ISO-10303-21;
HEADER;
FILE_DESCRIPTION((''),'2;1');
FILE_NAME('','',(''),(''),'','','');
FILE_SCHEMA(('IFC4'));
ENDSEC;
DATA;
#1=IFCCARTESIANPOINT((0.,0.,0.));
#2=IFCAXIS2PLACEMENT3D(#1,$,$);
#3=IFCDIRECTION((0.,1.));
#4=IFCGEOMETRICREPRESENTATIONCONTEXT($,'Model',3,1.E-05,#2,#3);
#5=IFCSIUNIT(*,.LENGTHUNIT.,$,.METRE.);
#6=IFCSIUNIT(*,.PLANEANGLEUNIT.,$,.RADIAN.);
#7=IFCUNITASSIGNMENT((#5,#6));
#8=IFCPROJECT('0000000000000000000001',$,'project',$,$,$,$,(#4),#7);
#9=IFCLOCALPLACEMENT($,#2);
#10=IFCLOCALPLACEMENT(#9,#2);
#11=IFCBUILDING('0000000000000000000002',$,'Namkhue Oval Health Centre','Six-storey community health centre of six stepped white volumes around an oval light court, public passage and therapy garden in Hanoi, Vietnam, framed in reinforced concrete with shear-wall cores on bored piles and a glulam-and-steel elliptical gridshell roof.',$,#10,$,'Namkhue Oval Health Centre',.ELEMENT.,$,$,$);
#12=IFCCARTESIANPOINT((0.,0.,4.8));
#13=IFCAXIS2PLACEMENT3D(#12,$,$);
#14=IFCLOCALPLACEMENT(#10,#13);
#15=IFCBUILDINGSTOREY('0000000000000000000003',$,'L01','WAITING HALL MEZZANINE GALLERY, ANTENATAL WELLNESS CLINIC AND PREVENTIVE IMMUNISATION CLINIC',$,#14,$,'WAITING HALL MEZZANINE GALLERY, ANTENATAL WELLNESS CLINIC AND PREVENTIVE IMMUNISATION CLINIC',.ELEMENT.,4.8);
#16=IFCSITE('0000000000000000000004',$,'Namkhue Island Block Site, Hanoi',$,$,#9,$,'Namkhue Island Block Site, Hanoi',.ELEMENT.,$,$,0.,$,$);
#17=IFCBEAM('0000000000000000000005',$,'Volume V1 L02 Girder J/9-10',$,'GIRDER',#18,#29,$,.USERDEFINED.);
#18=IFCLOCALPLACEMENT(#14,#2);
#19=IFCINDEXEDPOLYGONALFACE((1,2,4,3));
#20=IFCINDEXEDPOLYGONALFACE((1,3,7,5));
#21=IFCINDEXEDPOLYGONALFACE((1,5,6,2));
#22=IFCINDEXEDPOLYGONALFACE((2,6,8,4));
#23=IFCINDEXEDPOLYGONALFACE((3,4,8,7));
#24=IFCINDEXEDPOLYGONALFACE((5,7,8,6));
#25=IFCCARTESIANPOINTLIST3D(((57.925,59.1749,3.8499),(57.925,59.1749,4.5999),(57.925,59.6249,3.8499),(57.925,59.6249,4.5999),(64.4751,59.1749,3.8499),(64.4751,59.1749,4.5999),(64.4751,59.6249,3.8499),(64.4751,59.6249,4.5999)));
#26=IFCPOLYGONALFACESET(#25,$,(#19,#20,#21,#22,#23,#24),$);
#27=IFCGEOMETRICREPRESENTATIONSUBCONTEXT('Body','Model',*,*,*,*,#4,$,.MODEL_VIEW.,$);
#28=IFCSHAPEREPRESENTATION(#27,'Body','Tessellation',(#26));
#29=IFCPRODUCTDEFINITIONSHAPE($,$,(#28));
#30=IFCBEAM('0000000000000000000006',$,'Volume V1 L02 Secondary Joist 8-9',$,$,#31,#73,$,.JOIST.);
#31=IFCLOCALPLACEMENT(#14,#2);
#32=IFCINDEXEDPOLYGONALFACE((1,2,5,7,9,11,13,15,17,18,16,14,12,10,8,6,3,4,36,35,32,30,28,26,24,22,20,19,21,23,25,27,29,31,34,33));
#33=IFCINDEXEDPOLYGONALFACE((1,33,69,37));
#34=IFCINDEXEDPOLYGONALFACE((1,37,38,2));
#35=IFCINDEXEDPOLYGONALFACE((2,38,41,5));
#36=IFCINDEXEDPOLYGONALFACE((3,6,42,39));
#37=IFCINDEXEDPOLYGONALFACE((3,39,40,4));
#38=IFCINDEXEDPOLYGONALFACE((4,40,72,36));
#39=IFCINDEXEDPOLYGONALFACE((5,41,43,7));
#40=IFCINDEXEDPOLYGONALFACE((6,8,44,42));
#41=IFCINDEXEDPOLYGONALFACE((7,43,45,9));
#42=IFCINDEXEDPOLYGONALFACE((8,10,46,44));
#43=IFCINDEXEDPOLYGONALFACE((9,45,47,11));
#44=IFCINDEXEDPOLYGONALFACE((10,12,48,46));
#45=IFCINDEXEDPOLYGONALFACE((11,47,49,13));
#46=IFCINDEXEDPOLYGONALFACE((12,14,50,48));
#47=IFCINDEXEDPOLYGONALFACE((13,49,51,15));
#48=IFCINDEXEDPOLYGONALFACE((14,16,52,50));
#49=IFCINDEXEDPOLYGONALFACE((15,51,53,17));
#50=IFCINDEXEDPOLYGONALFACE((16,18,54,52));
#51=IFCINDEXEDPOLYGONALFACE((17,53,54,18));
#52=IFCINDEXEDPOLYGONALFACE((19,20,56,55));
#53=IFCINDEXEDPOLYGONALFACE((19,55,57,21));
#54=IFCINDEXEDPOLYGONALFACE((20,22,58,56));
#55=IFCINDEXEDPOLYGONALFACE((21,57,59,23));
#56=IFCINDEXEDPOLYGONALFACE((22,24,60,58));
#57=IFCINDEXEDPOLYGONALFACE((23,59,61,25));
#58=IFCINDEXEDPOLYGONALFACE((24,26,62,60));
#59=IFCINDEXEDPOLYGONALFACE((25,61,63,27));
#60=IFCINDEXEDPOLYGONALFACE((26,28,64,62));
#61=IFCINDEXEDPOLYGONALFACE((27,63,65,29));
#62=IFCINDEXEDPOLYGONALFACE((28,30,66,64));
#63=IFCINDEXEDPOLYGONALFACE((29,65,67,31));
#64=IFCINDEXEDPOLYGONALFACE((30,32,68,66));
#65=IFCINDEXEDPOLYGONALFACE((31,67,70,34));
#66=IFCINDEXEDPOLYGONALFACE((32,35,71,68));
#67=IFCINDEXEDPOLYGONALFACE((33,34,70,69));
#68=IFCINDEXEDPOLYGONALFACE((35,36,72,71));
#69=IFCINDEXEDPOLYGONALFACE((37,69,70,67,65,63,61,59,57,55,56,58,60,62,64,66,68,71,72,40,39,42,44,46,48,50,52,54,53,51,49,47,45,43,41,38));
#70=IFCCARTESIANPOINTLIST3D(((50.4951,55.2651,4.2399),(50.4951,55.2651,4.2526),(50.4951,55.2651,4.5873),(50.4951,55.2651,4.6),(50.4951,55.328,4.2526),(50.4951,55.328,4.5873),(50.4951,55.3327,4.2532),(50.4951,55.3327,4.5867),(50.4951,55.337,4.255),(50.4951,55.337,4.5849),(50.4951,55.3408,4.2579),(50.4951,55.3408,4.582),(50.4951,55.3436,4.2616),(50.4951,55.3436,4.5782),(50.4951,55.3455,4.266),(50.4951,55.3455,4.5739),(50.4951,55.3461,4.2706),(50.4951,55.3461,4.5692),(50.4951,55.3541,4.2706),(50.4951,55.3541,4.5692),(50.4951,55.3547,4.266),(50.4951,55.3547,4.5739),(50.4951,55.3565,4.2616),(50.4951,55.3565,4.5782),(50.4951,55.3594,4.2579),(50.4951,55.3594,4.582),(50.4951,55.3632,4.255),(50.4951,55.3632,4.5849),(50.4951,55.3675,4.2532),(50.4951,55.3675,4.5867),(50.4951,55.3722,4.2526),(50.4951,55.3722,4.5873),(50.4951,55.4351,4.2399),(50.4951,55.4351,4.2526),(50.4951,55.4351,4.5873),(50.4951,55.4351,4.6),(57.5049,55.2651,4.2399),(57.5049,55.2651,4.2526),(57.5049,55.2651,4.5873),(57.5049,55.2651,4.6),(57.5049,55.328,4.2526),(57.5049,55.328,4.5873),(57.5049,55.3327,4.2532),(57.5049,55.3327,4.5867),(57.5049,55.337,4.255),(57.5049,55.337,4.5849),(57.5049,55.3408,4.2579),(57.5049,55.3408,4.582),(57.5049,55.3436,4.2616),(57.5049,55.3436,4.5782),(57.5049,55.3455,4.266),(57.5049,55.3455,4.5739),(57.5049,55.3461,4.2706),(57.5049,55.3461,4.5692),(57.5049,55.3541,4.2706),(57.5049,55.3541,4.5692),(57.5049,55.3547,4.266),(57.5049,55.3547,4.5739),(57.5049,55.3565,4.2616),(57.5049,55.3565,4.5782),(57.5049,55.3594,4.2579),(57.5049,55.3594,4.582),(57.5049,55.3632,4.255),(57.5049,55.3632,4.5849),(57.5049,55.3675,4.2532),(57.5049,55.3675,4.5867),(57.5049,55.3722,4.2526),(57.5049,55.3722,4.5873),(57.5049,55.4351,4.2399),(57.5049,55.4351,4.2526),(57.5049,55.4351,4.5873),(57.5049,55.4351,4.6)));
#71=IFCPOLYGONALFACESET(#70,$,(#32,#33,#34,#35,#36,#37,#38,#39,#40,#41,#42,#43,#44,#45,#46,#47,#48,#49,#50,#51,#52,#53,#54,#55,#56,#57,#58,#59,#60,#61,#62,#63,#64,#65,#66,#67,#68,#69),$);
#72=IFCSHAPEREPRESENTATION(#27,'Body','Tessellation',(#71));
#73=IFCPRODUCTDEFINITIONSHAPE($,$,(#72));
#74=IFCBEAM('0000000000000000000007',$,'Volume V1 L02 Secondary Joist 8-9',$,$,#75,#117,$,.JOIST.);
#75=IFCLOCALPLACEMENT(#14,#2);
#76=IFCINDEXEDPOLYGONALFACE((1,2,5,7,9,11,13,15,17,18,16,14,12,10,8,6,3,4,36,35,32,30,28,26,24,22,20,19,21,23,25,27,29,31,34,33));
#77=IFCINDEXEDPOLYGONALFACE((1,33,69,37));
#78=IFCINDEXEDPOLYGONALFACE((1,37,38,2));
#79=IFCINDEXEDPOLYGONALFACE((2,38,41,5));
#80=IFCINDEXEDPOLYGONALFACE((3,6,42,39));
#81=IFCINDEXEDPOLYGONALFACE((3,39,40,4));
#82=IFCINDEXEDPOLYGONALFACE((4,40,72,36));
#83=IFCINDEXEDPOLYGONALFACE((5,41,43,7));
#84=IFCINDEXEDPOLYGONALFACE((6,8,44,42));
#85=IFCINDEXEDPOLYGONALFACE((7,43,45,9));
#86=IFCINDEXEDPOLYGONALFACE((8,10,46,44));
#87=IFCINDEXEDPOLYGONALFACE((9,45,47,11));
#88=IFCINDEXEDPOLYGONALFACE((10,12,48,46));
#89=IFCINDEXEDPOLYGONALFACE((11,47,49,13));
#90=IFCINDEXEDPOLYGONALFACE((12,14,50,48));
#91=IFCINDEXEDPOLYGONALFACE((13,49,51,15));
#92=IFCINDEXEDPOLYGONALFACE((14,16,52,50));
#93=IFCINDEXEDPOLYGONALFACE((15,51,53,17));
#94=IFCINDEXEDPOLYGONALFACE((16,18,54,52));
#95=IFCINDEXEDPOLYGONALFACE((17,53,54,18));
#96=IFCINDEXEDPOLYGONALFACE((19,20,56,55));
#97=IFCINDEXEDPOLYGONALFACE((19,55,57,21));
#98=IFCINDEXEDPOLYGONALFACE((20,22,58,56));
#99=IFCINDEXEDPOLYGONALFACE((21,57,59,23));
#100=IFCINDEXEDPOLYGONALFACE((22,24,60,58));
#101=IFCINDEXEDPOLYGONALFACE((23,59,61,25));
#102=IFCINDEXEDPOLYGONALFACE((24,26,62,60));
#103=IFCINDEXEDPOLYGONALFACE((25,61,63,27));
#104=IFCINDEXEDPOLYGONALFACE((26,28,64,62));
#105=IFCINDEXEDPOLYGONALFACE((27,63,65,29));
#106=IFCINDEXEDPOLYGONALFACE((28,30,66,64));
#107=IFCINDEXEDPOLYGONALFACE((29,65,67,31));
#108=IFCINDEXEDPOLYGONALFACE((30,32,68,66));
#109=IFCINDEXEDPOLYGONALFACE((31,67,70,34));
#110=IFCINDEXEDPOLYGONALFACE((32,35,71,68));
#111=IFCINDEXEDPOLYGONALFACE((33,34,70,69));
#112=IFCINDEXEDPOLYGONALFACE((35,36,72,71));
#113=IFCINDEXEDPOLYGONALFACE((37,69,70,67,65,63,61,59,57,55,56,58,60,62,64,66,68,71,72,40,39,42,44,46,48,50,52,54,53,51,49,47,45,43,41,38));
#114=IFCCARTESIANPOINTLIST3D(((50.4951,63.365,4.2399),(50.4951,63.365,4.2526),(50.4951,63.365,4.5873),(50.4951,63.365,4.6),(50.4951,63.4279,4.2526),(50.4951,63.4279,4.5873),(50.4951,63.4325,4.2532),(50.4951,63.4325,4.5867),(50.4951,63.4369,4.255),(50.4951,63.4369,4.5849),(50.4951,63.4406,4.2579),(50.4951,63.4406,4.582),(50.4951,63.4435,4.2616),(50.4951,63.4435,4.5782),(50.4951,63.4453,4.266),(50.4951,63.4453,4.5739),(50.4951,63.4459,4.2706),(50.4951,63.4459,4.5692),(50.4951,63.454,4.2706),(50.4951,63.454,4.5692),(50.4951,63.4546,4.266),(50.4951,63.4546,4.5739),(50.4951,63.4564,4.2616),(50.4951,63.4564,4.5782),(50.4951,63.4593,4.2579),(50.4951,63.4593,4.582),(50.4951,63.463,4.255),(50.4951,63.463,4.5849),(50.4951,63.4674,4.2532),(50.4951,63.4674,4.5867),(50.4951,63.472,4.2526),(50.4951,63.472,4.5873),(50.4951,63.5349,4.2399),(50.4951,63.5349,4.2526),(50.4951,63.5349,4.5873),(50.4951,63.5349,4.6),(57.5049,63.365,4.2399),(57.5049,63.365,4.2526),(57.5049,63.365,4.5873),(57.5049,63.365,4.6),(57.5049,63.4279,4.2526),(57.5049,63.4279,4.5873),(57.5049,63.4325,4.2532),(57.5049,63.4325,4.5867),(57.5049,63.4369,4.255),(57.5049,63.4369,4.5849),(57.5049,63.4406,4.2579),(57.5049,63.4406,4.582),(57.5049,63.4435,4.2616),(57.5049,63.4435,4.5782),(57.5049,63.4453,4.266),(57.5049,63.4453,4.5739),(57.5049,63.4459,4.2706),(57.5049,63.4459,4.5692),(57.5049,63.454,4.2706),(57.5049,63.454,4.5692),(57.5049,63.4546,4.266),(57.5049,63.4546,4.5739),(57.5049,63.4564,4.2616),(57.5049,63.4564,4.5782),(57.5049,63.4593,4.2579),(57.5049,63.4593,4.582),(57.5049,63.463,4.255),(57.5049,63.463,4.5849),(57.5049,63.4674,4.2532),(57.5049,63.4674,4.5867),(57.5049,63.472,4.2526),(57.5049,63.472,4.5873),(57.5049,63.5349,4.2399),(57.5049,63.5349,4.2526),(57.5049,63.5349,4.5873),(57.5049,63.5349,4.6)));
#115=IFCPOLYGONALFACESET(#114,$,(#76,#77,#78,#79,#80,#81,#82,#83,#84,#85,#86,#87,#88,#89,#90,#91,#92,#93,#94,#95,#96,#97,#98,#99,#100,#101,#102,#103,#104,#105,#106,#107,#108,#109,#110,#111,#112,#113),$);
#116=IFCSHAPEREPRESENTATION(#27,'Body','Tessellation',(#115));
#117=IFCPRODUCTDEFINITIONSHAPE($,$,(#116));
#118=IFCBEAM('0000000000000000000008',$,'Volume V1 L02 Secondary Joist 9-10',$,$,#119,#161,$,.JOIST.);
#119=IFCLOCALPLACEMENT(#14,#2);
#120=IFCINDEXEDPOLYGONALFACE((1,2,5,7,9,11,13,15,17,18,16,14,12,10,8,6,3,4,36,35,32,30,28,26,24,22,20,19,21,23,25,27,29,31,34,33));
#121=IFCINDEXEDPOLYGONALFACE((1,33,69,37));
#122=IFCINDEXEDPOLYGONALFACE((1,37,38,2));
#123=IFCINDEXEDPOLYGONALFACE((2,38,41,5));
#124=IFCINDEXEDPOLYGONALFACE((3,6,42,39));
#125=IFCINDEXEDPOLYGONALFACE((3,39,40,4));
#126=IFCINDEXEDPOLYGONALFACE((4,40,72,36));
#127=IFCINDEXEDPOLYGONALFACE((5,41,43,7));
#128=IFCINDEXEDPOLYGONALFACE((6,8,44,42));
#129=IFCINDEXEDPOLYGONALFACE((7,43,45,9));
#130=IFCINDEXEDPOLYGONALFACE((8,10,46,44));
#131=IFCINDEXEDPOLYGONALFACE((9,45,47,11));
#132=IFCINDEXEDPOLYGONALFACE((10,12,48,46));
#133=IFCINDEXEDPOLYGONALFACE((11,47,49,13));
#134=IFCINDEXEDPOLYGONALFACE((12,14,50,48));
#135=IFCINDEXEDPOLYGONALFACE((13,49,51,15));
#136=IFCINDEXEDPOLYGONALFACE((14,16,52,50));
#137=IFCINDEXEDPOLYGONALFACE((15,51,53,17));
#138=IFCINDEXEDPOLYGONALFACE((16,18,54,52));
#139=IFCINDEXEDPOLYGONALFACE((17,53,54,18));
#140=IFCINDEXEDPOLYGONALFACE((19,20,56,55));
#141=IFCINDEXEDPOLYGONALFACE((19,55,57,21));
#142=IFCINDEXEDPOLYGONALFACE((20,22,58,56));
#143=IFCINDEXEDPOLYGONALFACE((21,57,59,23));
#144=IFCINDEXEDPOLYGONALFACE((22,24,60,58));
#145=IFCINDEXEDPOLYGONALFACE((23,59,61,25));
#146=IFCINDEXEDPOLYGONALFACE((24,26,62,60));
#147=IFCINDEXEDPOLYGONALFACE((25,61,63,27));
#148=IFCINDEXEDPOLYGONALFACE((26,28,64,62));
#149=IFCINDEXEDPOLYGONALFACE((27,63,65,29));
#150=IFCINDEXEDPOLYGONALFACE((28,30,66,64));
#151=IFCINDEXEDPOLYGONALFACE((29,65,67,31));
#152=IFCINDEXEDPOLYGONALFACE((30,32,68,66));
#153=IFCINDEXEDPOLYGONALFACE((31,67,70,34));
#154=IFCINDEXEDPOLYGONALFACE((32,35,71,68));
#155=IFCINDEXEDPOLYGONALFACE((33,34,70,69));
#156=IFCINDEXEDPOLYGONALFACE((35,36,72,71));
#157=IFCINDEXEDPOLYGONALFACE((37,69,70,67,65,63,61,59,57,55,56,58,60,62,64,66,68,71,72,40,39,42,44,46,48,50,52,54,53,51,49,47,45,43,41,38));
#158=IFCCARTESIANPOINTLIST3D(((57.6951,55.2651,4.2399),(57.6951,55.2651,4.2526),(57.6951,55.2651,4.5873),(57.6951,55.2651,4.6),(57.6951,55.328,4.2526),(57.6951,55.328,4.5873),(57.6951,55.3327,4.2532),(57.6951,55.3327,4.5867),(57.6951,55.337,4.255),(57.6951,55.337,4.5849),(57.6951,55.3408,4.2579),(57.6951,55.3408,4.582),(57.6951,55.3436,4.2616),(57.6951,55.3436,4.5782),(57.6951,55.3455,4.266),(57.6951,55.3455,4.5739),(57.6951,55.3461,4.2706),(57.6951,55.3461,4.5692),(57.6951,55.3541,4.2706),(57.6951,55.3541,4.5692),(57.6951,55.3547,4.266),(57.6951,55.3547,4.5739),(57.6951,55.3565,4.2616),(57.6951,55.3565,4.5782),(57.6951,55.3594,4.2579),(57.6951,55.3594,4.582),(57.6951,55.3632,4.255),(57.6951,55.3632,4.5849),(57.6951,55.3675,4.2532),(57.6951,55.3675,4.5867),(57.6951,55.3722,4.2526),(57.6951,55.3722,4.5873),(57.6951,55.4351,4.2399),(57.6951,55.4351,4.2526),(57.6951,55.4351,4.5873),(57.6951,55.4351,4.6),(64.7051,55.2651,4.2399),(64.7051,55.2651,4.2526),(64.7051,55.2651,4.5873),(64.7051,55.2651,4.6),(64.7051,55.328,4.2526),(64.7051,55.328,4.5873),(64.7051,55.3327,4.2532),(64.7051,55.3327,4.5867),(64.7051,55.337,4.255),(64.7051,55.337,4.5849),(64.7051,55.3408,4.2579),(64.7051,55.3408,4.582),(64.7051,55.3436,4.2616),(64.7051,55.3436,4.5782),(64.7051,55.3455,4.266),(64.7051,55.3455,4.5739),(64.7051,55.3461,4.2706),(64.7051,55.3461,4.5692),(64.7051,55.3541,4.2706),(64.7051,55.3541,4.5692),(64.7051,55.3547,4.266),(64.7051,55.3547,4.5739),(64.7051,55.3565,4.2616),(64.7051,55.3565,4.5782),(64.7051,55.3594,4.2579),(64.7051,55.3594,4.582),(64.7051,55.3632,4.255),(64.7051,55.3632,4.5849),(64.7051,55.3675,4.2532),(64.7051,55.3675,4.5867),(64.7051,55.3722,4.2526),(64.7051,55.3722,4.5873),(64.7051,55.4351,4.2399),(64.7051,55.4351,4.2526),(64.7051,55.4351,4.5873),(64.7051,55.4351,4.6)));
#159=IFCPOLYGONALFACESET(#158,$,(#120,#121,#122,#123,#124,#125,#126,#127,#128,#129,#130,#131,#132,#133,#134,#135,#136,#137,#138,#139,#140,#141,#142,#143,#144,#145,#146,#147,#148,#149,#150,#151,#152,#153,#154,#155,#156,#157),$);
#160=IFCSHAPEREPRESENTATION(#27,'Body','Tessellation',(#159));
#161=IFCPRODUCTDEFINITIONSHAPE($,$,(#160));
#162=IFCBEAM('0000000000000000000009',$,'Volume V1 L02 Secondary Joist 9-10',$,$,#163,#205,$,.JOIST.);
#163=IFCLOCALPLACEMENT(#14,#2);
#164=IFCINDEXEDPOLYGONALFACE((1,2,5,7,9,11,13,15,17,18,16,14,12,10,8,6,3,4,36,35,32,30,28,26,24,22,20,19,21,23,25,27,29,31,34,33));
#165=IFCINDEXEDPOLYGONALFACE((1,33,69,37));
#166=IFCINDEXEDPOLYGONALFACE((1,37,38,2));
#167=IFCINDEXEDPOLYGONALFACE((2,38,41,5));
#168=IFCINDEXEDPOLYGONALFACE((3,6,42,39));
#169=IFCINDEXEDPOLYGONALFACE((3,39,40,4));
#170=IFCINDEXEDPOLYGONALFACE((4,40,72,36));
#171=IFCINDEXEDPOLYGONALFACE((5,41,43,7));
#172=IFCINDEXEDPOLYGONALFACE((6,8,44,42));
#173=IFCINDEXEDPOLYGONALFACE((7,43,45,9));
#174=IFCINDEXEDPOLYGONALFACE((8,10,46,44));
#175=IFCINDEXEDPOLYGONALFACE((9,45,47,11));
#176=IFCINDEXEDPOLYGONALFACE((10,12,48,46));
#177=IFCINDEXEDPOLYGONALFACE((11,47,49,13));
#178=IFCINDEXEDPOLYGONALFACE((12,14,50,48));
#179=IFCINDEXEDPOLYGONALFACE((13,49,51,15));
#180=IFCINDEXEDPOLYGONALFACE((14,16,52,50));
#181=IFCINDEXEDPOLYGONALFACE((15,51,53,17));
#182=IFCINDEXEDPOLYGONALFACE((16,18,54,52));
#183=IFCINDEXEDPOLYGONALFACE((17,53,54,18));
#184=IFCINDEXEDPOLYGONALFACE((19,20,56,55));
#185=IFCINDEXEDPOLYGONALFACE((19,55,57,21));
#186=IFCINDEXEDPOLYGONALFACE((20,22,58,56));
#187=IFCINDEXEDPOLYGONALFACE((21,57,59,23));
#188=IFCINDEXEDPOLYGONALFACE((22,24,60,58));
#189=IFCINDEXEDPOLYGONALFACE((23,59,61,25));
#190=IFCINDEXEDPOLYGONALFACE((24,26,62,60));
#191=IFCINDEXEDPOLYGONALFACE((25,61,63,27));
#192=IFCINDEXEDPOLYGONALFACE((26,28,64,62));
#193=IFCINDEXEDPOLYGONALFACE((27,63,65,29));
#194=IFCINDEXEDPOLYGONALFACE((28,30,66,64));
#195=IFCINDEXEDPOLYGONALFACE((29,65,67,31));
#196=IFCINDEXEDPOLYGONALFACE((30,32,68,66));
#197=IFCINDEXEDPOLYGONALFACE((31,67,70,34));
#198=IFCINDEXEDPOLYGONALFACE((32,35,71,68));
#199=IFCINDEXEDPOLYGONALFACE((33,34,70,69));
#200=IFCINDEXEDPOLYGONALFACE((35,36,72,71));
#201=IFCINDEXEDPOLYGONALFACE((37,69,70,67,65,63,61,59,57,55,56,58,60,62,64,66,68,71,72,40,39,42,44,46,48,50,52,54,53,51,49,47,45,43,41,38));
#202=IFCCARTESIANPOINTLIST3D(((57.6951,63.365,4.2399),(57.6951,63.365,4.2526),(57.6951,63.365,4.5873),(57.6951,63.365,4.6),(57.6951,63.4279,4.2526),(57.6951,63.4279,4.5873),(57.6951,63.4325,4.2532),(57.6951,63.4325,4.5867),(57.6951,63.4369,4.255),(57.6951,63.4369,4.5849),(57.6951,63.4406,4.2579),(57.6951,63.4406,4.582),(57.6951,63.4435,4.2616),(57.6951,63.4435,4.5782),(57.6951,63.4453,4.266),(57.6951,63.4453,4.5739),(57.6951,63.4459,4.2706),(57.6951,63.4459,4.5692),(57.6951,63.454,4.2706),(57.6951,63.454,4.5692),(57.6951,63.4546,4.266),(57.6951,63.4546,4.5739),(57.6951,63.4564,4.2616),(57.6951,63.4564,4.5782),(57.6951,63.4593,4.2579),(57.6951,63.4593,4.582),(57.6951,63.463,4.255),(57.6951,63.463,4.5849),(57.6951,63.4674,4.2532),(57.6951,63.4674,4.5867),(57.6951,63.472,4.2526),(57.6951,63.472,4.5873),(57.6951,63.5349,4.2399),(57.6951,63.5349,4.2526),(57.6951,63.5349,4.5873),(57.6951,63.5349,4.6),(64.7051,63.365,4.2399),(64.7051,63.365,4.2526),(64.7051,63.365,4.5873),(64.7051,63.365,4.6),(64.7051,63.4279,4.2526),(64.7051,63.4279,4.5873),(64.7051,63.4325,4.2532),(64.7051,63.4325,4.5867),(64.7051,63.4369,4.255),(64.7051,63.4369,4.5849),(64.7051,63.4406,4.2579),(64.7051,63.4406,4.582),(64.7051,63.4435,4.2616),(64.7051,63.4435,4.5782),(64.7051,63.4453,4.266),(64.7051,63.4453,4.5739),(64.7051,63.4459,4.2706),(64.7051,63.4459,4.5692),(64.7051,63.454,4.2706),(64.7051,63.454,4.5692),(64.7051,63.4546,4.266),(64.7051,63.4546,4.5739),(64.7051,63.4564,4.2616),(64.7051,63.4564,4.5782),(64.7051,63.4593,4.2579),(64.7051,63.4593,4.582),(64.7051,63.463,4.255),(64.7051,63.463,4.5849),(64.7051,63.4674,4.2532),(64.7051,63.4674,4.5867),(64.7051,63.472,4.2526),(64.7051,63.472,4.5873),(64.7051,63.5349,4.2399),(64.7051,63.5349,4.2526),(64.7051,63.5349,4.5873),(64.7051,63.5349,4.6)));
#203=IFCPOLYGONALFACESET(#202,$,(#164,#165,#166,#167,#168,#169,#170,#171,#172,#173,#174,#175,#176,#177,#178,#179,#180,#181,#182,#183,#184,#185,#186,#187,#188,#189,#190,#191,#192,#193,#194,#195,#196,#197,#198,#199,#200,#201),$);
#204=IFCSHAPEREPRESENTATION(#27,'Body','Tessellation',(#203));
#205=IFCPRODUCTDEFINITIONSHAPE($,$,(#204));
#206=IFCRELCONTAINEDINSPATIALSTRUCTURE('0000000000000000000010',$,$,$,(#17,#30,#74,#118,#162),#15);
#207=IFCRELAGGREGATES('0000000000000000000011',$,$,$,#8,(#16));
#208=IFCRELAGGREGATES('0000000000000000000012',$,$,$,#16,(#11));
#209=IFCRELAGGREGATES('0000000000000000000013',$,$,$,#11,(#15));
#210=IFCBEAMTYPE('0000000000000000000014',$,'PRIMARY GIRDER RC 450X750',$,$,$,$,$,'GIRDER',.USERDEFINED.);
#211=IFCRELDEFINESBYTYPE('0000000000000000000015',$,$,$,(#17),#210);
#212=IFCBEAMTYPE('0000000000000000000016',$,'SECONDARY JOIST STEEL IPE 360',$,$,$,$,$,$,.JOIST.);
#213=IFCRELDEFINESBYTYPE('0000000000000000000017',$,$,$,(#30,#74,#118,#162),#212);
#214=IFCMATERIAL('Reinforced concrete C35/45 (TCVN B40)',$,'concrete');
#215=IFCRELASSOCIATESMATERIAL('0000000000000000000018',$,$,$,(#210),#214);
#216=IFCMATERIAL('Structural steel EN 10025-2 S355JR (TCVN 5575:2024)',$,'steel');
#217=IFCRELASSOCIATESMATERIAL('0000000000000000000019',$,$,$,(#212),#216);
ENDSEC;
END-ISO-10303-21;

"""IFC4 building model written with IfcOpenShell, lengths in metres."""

from ifc_helpers import new_model, si_unit, direction, frame, origin, origin_2d, place, context, subcontext, project, spatial, rectangle, i_section, extrude, material, material_profile, profile_set, type_object, element, save


model = new_model("IFC4")

# Units and contexts
model_context = context("Model", 3, precision=1e-05, world=origin(), true_north=direction((0.0, 1.0)))
body_context = subcontext(model_context, "Body", "Model", "MODEL_VIEW")
ifc_project = project(units=[si_unit("LENGTHUNIT", "METRE"), si_unit("PLANEANGLEUNIT", "RADIAN")], contexts=[model_context])

# Site, building, storey
site_placement = place(None, origin())
site = spatial("IfcSite", under=ifc_project, at=site_placement, Name="Namkhue Island Block Site, Hanoi", LongName="Namkhue Island Block Site, Hanoi", CompositionType="ELEMENT", RefElevation=0.0)
building_placement = place(site_placement, origin())
building = spatial("IfcBuilding", under=site, at=building_placement, Name="Namkhue Oval Health Centre", Description="Six-storey community health centre of six stepped white volumes around an oval light court, public passage and therapy garden in Hanoi, Vietnam, framed in reinforced concrete with shear-wall cores on bored piles and a glulam-and-steel elliptical gridshell roof.", LongName="Namkhue Oval Health Centre", CompositionType="ELEMENT")
storey_placement = place(building_placement, frame((0.0, 0.0, 4.8)))
storey = spatial("IfcBuildingStorey", under=building, at=storey_placement, Name="L01", Description="WAITING HALL MEZZANINE GALLERY, ANTENATAL WELLNESS CLINIC AND PREVENTIVE IMMUNISATION CLINIC", LongName="WAITING HALL MEZZANINE GALLERY, ANTENATAL WELLNESS CLINIC AND PREVENTIVE IMMUNISATION CLINIC", CompositionType="ELEMENT", Elevation=4.8)

# Shared definitions
ifc_material_1 = material(Name="Reinforced concrete C35/45 (TCVN B40)", Category="concrete")

# Beams
ifc_material_2 = material(Name="Structural steel EN 10025-2 S355JR (TCVN 5575:2024)", Category="steel")
ifc_material_profile_1 = material_profile(ifc_material_1, rectangle(XDim=0.45, YDim=0.75, at=origin_2d()), Name="RC 450x750")
ifc_profile_set_1 = profile_set([ifc_material_profile_1], Name="Reinforced concrete C35/45 (TCVN B40)")
beam_type_1 = type_object("IfcBeamType", Name="PRIMARY GIRDER RC 450X750", ElementType="GIRDER", PredefinedType="USERDEFINED", material=ifc_profile_set_1)
beam_1_placement = place(storey_placement, frame((57.925, 59.3999, 4.2249), z_axis=(1.0, 0.0, 0.0), x_axis=(0.0, 1.0, 0.0)))
element("IfcBeam", 1, at=beam_1_placement, inside=storey, type_object=beam_type_1, Name="Volume V1 L02 Girder J/9-10", ObjectType="GIRDER", PredefinedType="USERDEFINED", context=body_context, shape_type="SweptSolid", body=[
    extrude(rectangle(XDim=0.45, YDim=0.75, at=origin_2d()), origin(), (0.0, 0.0, 1.0), 6.55),
])
ifc_material_profile_2 = material_profile(ifc_material_2, i_section(OverallWidth=0.1699, OverallDepth=0.3601, WebThickness=0.0081, FlangeThickness=0.0127, FilletRadius=0.0181, at=origin_2d()), Name="IPE 360")
ifc_profile_set_2 = profile_set([ifc_material_profile_2], Name="Structural steel EN 10025-2 S355JR (TCVN 5575:2024)")
beam_type_2 = type_object("IfcBeamType", Name="SECONDARY JOIST STEEL IPE 360", PredefinedType="JOIST", material=ifc_profile_set_2)
for number, where, z_axis, x_axis, name in (
    (2, (50.4951, 55.3501, 4.4199), (1.0, 0.0, 0.0), (0.0, 1.0, 0.0), "Volume V1 L02 Secondary Joist 8-9"),
    (3, (50.4951, 63.45, 4.4199), (1.0, 0.0, 0.0), (0.0, 1.0, 0.0), "Volume V1 L02 Secondary Joist 8-9"),
):
    element("IfcBeam", number, at=place(storey_placement, frame(where, z_axis=z_axis, x_axis=x_axis)), inside=storey, type_object=beam_type_2, Name=name, PredefinedType="JOIST", context=body_context, shape_type="SweptSolid", body=[
        extrude(i_section(OverallWidth=0.1699, OverallDepth=0.3601, WebThickness=0.0081, FlangeThickness=0.0127, FilletRadius=0.0181, at=origin_2d()), origin(), (0.0, 0.0, 1.0), 7.0098),
    ])
for number, where, z_axis, x_axis, name in (
    (4, (57.6951, 55.3501, 4.4199), (1.0, 0.0, 0.0), (0.0, 1.0, 0.0), "Volume V1 L02 Secondary Joist 9-10"),
    (5, (57.6951, 63.45, 4.4199), (1.0, 0.0, 0.0), (0.0, 1.0, 0.0), "Volume V1 L02 Secondary Joist 9-10"),
):
    element("IfcBeam", number, at=place(storey_placement, frame(where, z_axis=z_axis, x_axis=x_axis)), inside=storey, type_object=beam_type_2, Name=name, PredefinedType="JOIST", context=body_context, shape_type="SweptSolid", body=[
        extrude(i_section(OverallWidth=0.1699, OverallDepth=0.3601, WebThickness=0.0081, FlangeThickness=0.0127, FilletRadius=0.0181, at=origin_2d()), origin(), (0.0, 0.0, 1.0), 7.01),
    ])

save(model, "model.ifc")
